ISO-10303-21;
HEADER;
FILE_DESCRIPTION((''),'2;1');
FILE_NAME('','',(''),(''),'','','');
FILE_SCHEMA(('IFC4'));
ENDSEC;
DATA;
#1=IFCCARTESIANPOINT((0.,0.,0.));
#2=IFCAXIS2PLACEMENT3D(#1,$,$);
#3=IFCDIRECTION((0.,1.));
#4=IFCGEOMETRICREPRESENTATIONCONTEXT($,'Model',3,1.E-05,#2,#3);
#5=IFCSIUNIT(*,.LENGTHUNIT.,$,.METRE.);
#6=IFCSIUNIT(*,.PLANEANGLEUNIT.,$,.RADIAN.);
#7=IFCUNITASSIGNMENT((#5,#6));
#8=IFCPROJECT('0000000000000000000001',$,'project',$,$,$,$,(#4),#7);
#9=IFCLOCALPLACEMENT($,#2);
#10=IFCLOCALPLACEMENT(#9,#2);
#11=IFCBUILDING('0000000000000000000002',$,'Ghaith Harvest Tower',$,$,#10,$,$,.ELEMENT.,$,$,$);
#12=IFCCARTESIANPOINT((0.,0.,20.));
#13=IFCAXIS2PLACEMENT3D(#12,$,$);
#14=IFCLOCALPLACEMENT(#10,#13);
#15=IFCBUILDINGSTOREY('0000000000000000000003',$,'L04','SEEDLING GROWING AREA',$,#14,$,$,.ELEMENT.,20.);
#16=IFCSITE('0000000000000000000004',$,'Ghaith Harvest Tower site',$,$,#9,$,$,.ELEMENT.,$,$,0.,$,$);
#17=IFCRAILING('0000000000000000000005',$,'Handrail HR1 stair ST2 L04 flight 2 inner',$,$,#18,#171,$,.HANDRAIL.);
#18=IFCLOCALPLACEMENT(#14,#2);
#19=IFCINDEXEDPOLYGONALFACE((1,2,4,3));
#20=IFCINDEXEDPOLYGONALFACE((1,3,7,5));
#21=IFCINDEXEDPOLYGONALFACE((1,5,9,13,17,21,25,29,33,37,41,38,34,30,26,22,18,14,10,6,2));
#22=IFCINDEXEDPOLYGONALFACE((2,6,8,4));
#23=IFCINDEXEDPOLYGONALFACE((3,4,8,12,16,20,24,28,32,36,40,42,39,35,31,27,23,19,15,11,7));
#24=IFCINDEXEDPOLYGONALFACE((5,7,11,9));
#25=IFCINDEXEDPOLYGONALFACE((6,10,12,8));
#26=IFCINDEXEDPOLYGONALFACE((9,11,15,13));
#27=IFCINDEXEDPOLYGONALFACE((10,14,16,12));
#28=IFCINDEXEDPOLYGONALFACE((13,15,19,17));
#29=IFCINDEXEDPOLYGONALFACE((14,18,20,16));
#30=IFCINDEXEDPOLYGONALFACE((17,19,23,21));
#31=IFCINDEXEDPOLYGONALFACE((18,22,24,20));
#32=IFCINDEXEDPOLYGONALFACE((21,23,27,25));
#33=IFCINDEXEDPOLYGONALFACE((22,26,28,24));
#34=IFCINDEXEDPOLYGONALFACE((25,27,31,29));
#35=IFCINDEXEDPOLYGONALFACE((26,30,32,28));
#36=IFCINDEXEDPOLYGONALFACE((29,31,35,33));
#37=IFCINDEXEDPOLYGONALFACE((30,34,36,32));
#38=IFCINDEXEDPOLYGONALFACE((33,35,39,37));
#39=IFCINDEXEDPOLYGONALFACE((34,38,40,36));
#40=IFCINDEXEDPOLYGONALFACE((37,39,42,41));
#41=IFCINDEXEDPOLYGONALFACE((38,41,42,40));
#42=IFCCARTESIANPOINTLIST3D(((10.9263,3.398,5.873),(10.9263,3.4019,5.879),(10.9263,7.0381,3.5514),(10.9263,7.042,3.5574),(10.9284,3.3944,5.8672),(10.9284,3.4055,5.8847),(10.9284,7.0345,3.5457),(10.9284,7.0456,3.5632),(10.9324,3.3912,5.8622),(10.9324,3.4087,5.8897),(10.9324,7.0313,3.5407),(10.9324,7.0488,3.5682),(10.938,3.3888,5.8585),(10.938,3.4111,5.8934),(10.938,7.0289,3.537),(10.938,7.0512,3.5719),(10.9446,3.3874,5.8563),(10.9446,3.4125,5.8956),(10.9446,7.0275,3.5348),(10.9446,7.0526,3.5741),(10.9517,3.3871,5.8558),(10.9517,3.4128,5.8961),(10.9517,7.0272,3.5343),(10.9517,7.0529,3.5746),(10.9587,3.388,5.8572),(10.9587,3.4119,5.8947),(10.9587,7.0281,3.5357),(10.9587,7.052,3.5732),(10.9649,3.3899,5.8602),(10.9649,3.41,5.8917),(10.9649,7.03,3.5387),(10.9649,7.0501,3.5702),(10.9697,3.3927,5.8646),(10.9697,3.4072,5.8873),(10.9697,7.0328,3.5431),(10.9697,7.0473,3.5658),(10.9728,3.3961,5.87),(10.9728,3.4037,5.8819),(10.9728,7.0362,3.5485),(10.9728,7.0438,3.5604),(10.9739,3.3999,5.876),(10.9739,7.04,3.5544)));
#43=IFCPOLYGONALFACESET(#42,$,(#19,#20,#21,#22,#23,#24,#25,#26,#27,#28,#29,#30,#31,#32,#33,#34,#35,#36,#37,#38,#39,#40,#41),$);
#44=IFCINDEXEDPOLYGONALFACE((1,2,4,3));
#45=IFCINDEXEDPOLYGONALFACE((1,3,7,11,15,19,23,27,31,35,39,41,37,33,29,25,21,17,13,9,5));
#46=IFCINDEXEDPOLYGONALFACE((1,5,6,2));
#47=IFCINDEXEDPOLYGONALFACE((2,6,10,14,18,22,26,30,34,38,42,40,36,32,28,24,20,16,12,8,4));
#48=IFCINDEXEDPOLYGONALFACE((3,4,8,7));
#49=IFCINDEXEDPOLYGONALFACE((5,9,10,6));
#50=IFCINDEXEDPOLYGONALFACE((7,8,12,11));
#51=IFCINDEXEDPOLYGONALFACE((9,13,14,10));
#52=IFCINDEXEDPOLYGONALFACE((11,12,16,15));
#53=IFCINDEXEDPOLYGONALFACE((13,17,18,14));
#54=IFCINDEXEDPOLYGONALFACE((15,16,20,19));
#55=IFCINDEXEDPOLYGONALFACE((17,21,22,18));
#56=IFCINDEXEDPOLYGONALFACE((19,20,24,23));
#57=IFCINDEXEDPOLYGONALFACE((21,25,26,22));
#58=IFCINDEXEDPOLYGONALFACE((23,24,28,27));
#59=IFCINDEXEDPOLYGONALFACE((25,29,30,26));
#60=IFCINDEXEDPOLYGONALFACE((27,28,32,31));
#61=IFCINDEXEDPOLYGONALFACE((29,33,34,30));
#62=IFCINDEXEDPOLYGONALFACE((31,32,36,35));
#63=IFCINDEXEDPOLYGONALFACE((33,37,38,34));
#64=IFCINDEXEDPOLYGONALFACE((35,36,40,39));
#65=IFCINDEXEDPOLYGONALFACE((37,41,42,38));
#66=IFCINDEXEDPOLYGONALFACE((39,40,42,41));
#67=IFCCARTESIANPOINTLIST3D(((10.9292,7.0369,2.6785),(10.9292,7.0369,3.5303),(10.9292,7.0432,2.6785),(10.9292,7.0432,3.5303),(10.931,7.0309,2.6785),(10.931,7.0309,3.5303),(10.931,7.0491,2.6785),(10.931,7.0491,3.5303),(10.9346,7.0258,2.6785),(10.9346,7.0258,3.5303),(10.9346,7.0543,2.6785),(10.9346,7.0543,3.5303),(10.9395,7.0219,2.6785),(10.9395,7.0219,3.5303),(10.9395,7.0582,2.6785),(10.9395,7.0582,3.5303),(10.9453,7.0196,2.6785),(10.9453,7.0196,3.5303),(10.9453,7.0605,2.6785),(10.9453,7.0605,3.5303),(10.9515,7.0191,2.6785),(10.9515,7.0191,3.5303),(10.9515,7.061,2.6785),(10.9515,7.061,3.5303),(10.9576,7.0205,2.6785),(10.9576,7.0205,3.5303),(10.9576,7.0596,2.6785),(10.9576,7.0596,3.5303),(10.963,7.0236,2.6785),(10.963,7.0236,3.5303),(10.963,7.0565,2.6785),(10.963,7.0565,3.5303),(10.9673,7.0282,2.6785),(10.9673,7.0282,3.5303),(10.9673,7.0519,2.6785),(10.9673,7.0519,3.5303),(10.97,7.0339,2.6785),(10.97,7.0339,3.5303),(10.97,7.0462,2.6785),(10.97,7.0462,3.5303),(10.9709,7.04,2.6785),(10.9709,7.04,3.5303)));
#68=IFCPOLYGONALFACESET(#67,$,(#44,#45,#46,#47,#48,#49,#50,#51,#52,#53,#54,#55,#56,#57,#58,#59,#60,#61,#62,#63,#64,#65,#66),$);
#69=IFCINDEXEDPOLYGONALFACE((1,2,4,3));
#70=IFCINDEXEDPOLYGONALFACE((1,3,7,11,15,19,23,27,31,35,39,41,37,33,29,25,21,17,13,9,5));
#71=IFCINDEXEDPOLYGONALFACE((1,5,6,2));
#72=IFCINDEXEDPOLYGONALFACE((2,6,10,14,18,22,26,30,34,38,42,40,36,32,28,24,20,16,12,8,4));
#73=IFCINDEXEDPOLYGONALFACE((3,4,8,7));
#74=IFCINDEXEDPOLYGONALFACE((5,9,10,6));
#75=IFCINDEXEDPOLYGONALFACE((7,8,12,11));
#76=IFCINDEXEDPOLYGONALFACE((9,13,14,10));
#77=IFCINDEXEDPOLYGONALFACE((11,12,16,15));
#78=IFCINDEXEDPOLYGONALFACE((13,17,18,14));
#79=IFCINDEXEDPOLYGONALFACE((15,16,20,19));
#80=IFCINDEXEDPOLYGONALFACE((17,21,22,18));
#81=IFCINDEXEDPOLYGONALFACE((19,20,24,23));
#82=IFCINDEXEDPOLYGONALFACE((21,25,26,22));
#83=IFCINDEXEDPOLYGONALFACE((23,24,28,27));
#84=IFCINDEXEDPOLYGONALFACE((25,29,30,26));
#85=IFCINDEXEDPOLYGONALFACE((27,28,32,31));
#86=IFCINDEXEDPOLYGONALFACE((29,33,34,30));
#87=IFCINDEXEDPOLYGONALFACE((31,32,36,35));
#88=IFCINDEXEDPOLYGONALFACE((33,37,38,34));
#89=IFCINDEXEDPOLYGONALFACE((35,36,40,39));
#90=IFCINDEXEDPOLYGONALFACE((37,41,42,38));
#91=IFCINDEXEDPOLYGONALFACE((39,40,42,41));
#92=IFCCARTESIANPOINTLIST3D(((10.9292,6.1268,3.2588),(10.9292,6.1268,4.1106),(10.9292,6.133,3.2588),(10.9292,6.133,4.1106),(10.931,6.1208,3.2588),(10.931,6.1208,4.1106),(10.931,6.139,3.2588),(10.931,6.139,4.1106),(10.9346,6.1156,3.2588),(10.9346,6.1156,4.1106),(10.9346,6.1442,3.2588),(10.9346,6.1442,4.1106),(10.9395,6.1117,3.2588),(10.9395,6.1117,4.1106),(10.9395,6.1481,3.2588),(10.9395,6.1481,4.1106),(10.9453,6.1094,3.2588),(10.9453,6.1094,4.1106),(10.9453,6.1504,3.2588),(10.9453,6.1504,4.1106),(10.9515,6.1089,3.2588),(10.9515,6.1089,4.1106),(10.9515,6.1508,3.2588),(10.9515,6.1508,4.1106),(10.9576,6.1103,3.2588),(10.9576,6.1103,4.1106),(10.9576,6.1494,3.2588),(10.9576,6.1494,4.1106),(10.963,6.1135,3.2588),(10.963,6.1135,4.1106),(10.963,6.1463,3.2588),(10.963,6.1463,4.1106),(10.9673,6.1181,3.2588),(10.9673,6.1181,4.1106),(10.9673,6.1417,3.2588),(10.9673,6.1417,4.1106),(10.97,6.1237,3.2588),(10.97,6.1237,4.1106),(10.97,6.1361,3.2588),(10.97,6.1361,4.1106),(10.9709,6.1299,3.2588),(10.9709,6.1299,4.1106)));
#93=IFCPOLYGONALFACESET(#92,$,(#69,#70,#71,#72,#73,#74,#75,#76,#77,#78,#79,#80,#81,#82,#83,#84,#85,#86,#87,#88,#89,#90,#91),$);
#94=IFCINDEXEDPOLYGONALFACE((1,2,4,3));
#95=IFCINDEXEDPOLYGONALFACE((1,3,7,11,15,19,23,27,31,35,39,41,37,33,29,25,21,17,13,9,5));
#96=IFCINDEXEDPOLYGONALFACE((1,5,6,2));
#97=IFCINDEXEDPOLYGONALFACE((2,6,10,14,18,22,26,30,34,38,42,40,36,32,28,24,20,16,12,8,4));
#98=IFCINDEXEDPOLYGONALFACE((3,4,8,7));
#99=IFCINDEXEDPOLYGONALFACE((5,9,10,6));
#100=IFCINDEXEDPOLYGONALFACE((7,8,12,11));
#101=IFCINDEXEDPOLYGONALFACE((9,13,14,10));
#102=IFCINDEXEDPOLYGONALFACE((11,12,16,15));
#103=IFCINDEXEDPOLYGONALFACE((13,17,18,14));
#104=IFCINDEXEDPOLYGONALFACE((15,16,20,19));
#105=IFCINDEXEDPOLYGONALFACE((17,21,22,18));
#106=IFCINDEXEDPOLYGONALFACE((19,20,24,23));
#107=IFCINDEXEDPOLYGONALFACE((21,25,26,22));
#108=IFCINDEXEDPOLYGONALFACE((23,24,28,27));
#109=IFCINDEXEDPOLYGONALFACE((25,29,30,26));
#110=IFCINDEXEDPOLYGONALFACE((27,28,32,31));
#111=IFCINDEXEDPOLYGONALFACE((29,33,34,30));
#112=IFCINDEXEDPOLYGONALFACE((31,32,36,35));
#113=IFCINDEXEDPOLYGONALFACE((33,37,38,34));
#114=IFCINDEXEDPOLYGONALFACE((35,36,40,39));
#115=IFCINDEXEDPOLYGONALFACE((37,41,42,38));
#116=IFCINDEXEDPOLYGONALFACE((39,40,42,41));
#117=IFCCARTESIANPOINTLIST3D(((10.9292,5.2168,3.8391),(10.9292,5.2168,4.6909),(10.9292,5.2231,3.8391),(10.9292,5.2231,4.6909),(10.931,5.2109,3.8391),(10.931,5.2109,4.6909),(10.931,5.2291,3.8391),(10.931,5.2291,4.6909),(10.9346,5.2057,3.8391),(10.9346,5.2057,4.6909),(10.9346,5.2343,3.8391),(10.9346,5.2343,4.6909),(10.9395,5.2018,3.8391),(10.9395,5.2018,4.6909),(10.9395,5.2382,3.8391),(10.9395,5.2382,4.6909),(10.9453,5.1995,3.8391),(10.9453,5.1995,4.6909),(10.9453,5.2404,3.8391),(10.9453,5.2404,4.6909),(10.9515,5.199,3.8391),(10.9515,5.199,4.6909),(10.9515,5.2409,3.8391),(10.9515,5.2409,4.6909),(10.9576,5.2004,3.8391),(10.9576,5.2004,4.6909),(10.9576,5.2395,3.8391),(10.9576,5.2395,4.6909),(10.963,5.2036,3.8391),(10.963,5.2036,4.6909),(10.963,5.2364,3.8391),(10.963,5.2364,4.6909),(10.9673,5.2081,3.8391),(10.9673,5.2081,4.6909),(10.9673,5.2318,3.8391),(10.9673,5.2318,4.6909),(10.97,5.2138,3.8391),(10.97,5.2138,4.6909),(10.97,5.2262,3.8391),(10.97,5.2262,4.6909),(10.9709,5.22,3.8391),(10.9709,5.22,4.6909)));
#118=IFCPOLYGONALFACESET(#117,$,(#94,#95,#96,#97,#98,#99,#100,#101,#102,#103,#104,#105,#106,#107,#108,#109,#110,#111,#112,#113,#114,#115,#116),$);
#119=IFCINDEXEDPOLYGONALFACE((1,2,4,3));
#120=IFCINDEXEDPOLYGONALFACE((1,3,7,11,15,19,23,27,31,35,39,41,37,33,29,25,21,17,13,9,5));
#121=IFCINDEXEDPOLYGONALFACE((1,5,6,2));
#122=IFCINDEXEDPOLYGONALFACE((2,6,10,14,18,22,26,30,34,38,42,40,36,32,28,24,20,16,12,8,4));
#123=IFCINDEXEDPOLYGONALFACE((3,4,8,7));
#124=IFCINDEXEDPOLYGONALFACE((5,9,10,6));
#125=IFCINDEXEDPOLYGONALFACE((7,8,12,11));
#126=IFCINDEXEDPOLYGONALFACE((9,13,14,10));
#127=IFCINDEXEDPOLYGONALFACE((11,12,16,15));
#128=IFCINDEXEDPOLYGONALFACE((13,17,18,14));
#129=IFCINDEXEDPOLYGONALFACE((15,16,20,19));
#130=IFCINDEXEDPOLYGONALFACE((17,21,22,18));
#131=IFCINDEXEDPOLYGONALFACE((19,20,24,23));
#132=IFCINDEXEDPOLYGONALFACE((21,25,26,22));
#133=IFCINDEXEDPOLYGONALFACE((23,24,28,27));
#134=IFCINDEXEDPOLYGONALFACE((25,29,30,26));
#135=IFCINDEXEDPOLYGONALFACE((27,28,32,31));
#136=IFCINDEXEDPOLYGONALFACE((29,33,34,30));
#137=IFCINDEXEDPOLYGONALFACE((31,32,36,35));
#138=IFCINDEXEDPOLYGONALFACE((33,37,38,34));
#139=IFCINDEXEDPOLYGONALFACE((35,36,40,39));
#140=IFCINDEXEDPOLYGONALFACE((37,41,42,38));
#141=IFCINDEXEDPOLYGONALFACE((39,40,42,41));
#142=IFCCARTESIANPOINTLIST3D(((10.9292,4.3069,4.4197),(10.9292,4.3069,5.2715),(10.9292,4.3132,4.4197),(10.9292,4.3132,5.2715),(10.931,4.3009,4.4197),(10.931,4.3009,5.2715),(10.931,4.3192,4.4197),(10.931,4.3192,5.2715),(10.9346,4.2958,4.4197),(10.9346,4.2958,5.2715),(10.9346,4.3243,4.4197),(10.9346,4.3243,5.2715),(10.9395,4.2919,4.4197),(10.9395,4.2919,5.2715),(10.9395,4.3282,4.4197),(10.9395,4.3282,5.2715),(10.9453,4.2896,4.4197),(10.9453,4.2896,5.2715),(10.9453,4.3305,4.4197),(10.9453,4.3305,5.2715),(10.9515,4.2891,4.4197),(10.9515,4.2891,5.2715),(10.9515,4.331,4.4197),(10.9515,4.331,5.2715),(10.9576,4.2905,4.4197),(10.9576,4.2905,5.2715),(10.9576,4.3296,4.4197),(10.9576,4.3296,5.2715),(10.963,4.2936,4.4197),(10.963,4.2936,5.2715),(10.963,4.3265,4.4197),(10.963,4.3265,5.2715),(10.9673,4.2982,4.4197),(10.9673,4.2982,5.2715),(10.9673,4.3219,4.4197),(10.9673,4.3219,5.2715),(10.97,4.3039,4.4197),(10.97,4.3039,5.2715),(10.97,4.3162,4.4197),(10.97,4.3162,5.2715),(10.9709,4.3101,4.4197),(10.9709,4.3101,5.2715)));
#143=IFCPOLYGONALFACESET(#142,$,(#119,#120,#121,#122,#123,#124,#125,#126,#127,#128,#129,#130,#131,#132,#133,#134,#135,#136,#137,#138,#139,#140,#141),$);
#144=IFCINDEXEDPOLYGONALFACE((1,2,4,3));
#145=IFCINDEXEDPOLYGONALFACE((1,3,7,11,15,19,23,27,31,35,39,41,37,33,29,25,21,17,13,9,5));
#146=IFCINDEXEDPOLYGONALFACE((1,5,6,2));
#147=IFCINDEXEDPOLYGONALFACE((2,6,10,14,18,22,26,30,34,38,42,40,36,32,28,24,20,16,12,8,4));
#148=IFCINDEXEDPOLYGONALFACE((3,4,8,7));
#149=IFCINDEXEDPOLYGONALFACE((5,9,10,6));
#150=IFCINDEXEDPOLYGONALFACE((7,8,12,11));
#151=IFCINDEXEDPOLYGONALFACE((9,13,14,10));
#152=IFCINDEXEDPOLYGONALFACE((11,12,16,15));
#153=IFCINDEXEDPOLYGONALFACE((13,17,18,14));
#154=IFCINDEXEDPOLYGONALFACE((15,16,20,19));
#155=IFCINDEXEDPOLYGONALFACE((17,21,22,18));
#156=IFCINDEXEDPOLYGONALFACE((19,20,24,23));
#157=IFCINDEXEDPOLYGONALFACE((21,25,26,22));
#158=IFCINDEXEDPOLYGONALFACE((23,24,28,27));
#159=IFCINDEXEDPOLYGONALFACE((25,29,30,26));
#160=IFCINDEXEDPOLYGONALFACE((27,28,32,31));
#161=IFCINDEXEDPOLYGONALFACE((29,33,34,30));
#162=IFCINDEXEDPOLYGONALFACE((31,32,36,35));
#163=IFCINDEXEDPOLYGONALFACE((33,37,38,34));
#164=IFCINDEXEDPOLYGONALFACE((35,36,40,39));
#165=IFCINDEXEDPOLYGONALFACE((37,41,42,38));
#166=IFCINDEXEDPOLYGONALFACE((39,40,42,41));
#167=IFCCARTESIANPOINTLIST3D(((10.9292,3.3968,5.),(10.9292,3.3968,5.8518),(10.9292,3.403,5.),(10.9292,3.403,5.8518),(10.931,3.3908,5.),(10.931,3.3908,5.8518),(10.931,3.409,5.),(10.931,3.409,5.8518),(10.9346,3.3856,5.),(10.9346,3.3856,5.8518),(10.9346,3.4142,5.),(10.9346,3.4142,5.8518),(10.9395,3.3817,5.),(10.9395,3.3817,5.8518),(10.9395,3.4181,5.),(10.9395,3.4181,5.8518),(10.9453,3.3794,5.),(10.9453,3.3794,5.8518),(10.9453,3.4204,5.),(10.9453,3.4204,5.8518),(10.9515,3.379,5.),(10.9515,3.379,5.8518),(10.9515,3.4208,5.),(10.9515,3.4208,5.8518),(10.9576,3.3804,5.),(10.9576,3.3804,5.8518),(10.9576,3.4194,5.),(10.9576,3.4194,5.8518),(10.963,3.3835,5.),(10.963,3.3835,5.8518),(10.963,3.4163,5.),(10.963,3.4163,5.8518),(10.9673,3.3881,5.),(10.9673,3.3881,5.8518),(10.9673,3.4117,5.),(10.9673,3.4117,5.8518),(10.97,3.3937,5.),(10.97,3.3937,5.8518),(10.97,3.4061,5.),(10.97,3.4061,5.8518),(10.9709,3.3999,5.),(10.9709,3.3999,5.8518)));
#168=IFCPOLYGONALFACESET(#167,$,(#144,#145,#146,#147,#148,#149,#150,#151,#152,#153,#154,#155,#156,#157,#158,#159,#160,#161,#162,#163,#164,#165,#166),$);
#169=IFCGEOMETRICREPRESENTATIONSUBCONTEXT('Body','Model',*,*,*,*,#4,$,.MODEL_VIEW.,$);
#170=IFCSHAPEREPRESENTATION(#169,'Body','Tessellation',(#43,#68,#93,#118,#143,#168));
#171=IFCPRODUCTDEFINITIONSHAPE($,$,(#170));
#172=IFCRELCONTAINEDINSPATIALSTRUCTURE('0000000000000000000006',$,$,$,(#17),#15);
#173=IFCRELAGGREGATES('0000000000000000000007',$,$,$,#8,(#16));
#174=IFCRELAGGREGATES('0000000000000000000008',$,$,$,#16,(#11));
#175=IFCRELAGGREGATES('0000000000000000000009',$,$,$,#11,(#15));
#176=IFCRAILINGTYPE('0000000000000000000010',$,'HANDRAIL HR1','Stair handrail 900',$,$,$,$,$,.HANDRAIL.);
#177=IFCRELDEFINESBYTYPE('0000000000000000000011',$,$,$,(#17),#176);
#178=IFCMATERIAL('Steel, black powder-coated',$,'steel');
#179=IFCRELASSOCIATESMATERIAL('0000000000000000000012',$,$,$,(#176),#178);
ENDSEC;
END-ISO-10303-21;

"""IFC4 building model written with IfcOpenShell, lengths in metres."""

from ifc_helpers import new_model, si_unit, direction, frame, origin, origin_2d, place, context, subcontext, project, spatial, circle, extrude, material, type_object, element, save


model = new_model("IFC4")

# Units and contexts
model_context = context("Model", 3, precision=1e-05, world=origin(), true_north=direction((0.0, 1.0)))
body_context = subcontext(model_context, "Body", "Model", "MODEL_VIEW")
ifc_project = project(units=[si_unit("LENGTHUNIT", "METRE"), si_unit("PLANEANGLEUNIT", "RADIAN")], contexts=[model_context])

# Site, building, storey
site_placement = place(None, origin())
site = spatial("IfcSite", under=ifc_project, at=site_placement, Name="Ghaith Harvest Tower site", CompositionType="ELEMENT", RefElevation=0.0)
building_placement = place(site_placement, origin())
building = spatial("IfcBuilding", under=site, at=building_placement, Name="Ghaith Harvest Tower", CompositionType="ELEMENT")
storey_placement = place(building_placement, frame((0.0, 0.0, 20.0)))
storey = spatial("IfcBuildingStorey", under=building, at=storey_placement, Name="L04", Description="SEEDLING GROWING AREA", CompositionType="ELEMENT", Elevation=20.0)

# Railing
ifc_material_1 = material(Name="Steel, black powder-coated", Category="steel")
railing_type = type_object("IfcRailingType", Name="HANDRAIL HR1", Description="Stair handrail 900", PredefinedType="HANDRAIL", material=ifc_material_1)
railing_1_placement = place(storey_placement, frame((10.95, 7.04, 2.6785)))
element("IfcRailing", 1, at=railing_1_placement, inside=storey, type_object=railing_type, Name="Handrail HR1 stair ST2 L04 flight 2 inner", PredefinedType="HANDRAIL", context=body_context, shape_type="SweptSolid", body=[
    extrude(circle(Radius=0.0239, at=origin_2d()), frame((0.0, 0.0, 0.876), z_axis=(0.0, -0.843128, 0.537713), x_axis=(1.0, 0.0, 0.0)), (0.0, 0.0, 1.0), 4.3174),
    extrude(circle(Radius=0.021, at=origin_2d()), origin(), (0.0, 0.0, 1.0), 0.8518),
    extrude(circle(Radius=0.021, at=origin_2d()), frame((0.0, -0.9102, 0.5803)), (0.0, 0.0, 1.0), 0.8518),
    extrude(circle(Radius=0.021, at=origin_2d()), frame((0.0, -1.8201, 1.1606)), (0.0, 0.0, 1.0), 0.8518),
    extrude(circle(Radius=0.021, at=origin_2d()), frame((0.0, -2.73, 1.7412)), (0.0, 0.0, 1.0), 0.8518),
    extrude(circle(Radius=0.021, at=origin_2d()), frame((0.0, -3.6401, 2.3215)), (0.0, 0.0, 1.0), 0.8518),
])

save(model, "model.ifc")
